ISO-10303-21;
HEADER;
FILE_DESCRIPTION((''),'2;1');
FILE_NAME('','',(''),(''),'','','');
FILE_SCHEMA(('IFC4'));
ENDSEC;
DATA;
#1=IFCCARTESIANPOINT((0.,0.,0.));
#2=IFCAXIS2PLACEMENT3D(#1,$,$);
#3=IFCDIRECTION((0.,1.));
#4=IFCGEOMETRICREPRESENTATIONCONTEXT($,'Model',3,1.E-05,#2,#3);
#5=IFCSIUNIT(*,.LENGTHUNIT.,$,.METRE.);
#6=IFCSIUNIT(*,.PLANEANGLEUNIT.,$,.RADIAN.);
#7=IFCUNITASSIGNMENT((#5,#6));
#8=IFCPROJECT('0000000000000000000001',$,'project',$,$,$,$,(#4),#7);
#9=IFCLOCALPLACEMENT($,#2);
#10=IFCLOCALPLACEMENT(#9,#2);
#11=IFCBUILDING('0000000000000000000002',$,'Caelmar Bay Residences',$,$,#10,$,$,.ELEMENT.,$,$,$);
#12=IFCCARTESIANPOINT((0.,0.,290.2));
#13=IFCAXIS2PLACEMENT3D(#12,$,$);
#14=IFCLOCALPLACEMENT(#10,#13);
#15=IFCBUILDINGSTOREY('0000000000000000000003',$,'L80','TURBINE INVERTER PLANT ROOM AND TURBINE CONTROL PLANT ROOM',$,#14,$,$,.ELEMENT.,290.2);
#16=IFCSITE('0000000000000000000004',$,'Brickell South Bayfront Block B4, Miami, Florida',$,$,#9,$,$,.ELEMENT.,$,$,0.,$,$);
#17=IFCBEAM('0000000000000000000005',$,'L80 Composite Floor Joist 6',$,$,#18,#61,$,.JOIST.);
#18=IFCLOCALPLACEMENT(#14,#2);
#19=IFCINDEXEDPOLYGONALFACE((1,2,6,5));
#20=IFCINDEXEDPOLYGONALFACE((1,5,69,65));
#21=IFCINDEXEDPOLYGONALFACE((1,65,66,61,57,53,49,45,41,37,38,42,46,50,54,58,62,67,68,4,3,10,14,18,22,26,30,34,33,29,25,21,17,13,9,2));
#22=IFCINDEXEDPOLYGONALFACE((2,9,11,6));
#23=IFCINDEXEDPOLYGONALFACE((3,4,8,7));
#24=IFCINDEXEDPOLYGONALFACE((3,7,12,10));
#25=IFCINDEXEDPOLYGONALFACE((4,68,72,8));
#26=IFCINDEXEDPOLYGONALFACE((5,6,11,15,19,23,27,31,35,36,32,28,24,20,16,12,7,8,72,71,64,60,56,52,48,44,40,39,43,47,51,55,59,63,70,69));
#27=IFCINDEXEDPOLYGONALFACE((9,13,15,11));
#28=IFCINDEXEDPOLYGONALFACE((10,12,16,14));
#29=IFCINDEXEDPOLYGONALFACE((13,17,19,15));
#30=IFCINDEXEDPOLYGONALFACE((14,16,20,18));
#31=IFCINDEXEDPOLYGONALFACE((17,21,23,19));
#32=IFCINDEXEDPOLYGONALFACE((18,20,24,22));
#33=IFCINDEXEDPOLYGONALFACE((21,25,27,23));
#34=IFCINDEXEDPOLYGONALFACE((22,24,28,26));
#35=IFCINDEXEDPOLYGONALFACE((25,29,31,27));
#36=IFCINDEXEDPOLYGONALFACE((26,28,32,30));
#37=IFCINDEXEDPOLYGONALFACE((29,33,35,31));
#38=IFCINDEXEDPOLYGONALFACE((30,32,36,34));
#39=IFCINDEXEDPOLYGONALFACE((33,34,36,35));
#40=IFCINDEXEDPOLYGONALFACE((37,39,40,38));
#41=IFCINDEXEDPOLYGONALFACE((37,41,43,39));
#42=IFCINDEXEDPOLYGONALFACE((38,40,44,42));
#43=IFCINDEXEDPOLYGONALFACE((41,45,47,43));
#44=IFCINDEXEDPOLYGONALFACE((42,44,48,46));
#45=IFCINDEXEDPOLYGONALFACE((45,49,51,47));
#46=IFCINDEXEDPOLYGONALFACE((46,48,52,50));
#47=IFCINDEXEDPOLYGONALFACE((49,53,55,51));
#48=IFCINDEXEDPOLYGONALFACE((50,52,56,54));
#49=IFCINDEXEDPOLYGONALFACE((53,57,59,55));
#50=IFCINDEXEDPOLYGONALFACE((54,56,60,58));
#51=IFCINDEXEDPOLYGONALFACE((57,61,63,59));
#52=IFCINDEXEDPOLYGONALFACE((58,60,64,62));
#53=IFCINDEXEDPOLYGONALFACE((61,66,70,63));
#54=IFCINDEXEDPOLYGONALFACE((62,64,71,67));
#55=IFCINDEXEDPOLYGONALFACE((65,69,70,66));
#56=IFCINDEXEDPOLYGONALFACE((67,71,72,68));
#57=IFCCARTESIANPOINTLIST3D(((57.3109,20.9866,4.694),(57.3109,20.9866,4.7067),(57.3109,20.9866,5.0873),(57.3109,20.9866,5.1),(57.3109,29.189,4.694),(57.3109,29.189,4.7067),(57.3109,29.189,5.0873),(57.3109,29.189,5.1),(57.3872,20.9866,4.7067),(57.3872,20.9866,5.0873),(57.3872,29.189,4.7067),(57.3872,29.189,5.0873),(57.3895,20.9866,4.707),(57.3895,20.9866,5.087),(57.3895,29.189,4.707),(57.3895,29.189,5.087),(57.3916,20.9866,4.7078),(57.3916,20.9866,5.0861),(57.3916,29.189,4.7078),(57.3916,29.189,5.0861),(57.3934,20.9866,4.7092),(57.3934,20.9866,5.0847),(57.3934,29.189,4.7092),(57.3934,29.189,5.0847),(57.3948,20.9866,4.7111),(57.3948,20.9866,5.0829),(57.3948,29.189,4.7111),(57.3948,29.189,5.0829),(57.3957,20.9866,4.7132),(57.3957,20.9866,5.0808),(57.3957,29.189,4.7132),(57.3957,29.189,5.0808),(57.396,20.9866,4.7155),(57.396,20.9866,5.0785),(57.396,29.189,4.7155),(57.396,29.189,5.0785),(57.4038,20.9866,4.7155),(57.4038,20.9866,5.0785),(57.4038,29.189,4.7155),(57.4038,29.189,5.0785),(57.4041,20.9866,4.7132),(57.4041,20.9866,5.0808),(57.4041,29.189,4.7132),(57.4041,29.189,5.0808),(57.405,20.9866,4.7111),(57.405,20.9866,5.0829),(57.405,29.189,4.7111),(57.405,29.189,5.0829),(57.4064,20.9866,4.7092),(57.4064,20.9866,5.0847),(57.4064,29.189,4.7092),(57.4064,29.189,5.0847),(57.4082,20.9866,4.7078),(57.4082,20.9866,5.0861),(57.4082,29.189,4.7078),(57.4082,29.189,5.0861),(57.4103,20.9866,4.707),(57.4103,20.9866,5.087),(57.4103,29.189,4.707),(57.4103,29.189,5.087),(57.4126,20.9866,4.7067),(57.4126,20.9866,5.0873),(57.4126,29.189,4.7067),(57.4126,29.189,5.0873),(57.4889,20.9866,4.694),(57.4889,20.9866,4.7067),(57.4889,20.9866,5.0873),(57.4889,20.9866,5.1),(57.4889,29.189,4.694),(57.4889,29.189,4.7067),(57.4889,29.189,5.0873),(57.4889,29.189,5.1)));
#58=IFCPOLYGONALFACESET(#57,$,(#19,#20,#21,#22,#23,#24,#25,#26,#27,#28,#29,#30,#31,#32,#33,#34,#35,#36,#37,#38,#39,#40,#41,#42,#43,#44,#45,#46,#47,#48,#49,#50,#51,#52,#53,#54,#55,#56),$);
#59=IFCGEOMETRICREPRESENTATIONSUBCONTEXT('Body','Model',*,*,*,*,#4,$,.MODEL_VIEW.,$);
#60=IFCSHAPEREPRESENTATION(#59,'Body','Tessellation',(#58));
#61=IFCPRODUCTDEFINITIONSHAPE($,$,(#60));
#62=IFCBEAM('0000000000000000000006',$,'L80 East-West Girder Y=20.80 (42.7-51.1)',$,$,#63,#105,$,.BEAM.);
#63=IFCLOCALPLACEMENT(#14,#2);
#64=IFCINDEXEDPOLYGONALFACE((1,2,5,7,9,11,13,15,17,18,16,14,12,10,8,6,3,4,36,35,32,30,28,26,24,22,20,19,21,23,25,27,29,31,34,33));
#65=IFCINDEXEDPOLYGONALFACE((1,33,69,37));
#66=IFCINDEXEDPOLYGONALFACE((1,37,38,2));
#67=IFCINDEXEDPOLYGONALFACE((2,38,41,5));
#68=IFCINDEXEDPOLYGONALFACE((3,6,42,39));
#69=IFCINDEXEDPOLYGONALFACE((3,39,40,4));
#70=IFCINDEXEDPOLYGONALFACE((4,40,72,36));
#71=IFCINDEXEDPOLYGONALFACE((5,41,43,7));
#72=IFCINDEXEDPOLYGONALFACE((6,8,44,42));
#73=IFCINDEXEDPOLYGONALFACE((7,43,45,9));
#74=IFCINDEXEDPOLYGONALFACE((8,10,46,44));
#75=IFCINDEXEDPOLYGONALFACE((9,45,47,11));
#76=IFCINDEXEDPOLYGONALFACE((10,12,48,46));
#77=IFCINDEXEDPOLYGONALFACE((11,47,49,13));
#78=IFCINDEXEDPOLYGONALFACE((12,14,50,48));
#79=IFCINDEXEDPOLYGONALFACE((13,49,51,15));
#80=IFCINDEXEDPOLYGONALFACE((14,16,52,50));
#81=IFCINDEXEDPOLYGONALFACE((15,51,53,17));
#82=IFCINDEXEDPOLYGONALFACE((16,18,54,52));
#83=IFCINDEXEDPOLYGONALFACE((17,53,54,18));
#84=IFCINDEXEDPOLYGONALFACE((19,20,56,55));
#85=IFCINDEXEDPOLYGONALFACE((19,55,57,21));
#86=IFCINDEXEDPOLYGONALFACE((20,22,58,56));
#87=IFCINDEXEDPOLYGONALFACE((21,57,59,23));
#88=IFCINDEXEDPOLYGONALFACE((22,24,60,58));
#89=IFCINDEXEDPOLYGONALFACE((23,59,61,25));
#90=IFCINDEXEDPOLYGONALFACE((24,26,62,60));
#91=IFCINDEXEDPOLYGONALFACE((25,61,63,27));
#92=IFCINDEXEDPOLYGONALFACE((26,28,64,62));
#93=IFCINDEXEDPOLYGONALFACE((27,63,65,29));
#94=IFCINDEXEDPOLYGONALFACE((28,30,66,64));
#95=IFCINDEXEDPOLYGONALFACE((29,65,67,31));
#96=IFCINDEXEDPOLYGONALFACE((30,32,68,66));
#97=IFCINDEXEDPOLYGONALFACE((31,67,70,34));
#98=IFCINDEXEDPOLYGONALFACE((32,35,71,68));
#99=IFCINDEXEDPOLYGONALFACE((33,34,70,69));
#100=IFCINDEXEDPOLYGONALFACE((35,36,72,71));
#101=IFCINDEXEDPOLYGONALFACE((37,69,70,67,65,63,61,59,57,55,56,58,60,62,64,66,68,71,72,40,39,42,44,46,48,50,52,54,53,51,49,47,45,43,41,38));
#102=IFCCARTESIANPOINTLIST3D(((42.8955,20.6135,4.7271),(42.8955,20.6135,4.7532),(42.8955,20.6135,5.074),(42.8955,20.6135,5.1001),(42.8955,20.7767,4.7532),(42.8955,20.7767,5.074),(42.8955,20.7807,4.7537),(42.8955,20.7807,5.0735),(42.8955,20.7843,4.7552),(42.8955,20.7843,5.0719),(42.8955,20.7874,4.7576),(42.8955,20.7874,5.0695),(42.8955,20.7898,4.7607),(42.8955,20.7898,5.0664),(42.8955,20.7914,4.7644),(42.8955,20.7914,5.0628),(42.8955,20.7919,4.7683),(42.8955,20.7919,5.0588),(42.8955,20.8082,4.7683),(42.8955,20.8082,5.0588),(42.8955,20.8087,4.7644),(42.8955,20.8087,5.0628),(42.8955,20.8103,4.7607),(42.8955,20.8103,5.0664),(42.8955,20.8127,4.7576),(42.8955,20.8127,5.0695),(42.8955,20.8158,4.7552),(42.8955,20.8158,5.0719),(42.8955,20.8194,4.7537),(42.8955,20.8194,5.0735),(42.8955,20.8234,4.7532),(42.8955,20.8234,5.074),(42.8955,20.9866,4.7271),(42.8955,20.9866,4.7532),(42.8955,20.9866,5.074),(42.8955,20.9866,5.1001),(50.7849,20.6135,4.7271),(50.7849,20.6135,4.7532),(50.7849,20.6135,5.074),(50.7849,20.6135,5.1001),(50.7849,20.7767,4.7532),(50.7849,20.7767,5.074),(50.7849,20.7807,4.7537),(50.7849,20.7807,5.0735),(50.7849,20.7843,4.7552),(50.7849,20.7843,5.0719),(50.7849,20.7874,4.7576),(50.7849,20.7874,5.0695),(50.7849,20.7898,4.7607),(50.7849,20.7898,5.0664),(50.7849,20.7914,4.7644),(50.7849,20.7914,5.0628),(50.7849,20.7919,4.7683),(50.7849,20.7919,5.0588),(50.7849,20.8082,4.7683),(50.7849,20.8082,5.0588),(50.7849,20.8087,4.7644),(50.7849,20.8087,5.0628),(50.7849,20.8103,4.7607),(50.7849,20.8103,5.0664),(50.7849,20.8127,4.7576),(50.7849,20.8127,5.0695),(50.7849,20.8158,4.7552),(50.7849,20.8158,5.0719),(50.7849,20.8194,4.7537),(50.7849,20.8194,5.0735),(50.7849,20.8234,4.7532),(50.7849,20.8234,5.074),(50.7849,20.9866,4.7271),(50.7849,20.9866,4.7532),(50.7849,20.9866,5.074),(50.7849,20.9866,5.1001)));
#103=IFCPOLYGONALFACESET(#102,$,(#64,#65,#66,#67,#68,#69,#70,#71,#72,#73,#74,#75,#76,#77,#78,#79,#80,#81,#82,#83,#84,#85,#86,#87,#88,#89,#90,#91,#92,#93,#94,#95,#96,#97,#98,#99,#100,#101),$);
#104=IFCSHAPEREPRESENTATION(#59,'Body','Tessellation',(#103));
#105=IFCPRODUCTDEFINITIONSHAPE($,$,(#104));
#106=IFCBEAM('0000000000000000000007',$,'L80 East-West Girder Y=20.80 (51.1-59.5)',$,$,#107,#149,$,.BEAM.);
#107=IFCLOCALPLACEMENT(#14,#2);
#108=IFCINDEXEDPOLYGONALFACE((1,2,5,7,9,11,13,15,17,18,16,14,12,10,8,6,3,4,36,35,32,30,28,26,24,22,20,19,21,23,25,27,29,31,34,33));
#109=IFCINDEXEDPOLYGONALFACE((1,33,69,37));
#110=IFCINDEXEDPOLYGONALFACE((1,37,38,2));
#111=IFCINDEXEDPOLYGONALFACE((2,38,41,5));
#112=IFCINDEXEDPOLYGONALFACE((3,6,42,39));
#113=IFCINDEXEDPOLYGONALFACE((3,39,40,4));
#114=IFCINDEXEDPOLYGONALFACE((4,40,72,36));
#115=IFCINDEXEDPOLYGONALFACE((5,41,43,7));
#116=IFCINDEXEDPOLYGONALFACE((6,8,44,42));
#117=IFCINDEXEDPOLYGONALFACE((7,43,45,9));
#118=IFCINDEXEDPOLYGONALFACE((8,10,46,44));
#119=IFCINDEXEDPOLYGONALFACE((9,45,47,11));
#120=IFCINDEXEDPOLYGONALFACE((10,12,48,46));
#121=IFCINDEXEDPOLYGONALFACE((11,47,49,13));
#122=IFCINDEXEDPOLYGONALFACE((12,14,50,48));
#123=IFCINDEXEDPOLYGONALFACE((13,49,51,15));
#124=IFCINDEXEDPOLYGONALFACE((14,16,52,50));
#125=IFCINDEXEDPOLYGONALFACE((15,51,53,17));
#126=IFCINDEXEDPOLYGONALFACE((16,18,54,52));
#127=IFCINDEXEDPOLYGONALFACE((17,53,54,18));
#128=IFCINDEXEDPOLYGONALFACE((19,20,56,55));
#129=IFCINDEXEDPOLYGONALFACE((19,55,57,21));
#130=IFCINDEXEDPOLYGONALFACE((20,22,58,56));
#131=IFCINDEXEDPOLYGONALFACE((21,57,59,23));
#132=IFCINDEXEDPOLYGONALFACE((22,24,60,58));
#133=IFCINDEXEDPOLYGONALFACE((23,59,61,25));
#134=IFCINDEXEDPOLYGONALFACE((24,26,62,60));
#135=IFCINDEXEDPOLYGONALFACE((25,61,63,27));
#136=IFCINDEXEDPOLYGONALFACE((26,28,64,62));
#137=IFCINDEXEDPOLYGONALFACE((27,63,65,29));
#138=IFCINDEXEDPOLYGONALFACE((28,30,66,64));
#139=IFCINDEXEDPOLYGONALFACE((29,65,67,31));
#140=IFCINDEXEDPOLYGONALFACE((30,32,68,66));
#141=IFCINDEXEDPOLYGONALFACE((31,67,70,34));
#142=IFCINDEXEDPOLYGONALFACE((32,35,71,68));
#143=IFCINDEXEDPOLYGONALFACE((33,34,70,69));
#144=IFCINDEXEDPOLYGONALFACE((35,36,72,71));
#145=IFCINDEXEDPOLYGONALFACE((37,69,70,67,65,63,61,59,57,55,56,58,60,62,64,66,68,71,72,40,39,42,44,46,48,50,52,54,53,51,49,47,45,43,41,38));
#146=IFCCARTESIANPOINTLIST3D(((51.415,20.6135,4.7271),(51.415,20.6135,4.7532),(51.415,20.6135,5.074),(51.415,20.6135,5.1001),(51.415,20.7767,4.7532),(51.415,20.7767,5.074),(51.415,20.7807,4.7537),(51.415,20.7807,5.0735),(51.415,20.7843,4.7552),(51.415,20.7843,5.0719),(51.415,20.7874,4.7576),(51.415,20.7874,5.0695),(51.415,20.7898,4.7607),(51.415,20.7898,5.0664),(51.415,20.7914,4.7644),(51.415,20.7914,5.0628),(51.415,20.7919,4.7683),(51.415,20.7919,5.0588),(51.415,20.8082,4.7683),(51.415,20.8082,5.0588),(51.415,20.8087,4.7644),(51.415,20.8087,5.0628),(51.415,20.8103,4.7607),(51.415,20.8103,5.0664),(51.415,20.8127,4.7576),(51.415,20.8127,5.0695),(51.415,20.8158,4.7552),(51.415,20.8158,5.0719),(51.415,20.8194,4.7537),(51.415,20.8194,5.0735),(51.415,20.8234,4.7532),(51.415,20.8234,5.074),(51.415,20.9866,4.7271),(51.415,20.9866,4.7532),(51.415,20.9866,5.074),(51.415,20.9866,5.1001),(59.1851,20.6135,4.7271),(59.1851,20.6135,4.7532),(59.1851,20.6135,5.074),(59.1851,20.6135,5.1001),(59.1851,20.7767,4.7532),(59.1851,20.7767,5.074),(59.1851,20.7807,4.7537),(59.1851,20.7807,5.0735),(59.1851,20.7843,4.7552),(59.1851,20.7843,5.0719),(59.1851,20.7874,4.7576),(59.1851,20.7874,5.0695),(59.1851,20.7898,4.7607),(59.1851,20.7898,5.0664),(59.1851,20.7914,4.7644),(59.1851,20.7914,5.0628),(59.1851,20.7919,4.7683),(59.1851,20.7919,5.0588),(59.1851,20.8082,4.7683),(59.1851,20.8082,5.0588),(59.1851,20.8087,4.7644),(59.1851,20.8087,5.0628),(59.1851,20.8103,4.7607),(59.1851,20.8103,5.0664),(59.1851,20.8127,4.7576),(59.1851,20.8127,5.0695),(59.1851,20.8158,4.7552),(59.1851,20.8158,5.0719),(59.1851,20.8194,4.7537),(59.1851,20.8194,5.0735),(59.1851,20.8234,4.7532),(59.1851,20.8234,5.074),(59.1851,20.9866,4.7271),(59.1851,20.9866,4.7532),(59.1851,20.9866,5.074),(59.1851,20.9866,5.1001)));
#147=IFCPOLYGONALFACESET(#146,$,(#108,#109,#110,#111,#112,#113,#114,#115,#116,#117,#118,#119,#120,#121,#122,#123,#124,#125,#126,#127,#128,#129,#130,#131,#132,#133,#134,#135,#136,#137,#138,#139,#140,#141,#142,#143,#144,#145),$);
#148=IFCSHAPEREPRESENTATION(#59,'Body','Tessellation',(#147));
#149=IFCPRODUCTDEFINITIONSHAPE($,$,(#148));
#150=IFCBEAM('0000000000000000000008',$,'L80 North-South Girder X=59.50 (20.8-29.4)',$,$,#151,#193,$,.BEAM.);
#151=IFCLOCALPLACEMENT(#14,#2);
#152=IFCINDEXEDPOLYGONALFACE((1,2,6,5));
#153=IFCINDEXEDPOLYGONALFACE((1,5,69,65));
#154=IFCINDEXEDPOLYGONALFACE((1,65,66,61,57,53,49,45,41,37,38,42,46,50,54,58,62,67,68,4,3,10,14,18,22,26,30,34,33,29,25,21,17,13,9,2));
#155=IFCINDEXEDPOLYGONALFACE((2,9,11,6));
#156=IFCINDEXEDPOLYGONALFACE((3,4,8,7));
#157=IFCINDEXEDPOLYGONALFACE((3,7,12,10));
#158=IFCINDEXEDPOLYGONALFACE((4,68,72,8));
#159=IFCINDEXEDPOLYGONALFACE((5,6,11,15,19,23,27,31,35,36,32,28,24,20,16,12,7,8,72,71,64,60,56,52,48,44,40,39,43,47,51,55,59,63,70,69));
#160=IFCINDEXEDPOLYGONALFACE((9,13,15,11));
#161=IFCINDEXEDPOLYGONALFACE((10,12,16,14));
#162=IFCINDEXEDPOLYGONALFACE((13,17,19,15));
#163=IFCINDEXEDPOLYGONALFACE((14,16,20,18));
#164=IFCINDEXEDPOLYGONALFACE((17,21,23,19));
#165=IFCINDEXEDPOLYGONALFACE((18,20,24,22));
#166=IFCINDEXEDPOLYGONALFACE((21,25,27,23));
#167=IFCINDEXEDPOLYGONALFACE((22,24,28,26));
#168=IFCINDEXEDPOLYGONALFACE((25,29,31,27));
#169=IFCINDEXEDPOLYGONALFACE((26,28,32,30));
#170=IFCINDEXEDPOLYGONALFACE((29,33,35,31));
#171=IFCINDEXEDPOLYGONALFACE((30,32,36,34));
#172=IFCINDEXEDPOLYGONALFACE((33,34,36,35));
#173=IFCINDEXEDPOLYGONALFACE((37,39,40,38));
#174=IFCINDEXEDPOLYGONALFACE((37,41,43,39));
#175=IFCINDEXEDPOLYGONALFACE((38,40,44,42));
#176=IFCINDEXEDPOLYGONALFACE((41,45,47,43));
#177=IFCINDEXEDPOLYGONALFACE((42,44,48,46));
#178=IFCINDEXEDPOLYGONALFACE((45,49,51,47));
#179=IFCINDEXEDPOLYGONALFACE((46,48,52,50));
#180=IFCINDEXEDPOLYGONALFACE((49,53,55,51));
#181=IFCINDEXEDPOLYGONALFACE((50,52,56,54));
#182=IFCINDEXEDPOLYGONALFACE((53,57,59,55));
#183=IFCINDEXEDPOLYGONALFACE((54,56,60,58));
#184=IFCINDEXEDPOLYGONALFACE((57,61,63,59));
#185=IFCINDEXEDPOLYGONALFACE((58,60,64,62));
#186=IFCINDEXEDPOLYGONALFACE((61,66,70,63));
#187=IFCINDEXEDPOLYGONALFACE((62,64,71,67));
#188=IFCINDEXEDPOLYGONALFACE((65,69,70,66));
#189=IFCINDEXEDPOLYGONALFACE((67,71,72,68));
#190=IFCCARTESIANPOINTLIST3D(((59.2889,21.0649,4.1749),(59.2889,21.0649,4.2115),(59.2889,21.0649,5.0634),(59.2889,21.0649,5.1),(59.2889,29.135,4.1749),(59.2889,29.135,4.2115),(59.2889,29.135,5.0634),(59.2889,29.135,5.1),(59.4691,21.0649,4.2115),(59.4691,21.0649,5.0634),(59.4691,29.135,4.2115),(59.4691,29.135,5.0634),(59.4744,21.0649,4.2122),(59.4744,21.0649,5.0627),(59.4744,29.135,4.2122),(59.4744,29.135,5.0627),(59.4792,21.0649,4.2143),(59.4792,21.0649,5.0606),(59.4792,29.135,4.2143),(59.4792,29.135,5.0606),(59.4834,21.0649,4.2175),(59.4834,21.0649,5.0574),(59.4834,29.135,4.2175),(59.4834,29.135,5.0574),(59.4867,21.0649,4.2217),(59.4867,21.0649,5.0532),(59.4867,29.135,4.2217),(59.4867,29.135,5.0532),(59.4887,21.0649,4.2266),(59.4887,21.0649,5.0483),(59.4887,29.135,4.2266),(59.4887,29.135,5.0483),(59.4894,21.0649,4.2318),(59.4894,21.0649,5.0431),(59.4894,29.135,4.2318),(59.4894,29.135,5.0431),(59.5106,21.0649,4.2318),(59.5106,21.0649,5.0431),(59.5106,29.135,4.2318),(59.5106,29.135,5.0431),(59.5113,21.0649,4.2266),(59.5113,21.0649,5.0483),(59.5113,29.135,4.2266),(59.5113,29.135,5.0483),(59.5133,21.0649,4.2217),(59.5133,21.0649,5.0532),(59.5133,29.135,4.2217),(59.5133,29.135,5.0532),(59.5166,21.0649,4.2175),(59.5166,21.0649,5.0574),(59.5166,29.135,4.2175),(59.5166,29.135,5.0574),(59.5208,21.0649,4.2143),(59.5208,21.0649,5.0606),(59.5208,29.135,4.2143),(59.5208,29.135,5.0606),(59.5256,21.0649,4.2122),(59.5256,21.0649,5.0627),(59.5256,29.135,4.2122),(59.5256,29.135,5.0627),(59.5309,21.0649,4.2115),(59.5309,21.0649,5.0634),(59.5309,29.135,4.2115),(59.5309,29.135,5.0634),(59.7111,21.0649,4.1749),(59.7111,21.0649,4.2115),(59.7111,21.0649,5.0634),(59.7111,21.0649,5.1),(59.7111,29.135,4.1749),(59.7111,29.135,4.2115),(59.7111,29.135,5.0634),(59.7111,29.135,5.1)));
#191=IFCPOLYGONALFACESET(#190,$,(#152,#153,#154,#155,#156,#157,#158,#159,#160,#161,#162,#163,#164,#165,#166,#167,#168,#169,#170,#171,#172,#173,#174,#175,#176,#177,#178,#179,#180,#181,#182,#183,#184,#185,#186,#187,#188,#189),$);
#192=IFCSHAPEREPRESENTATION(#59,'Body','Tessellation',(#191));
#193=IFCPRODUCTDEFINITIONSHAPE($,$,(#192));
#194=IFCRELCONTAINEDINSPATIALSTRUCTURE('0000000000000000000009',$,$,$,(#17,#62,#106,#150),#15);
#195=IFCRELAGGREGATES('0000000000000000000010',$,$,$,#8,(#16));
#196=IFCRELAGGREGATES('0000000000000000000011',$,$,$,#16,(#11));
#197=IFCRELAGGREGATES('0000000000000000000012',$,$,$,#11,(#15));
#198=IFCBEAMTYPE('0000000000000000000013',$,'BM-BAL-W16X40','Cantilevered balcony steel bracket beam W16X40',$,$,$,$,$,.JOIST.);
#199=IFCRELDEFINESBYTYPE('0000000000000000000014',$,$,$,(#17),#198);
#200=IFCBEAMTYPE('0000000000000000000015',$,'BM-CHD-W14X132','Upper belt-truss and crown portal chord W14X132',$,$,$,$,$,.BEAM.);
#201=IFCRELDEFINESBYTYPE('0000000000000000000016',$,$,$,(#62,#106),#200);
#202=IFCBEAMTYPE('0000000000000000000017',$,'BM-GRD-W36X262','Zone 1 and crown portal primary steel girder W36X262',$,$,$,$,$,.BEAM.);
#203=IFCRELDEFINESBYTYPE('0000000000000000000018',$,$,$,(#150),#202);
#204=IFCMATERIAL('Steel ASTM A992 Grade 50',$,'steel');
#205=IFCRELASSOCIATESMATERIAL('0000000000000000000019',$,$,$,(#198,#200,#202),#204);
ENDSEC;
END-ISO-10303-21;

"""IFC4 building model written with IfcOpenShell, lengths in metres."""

from ifc_helpers import new_model, si_unit, direction, frame, origin, origin_2d, place, context, subcontext, project, spatial, i_section, extrude, material, material_profile, profile_set, type_object, element, save


model = new_model("IFC4")

# Units and contexts
model_context = context("Model", 3, precision=1e-05, world=origin(), true_north=direction((0.0, 1.0)))
body_context = subcontext(model_context, "Body", "Model", "MODEL_VIEW")
ifc_project = project(units=[si_unit("LENGTHUNIT", "METRE"), si_unit("PLANEANGLEUNIT", "RADIAN")], contexts=[model_context])

# Site, building, storey
site_placement = place(None, origin())
site = spatial("IfcSite", under=ifc_project, at=site_placement, Name="Brickell South Bayfront Block B4, Miami, Florida", CompositionType="ELEMENT", RefElevation=0.0)
building_placement = place(site_placement, origin())
building = spatial("IfcBuilding", under=site, at=building_placement, Name="Caelmar Bay Residences", CompositionType="ELEMENT")
storey_placement = place(building_placement, frame((0.0, 0.0, 290.2)))
storey = spatial("IfcBuildingStorey", under=building, at=storey_placement, Name="L80", Description="TURBINE INVERTER PLANT ROOM AND TURBINE CONTROL PLANT ROOM", CompositionType="ELEMENT", Elevation=290.2)

# Shared definitions
ifc_material_1 = material(Name="Steel ASTM A992 Grade 50", Category="steel")

# Beams
ifc_material_profile_1 = material_profile(ifc_material_1, i_section(OverallWidth=0.178, OverallDepth=0.406, WebThickness=0.0078, FlangeThickness=0.0127, FilletRadius=0.0088, at=origin_2d()), Name="W16X40")
ifc_profile_set_1 = profile_set([ifc_material_profile_1], Name="Steel ASTM A992 Grade 50")
beam_type_1 = type_object("IfcBeamType", Name="BM-BAL-W16X40", Description="Cantilevered balcony steel bracket beam W16X40", PredefinedType="JOIST", material=ifc_profile_set_1)
for number, where, z_axis, x_axis, name in (
    (1, (57.3999, 20.9866, 4.897), (0.0, 1.0, 0.0), (-1.0, 0.0, 0.0), "L80 Composite Floor Joist 6"),
):
    element("IfcBeam", number, at=place(storey_placement, frame(where, z_axis=z_axis, x_axis=x_axis)), inside=storey, type_object=beam_type_1, Name=name, PredefinedType="JOIST", context=body_context, shape_type="SweptSolid", body=[
        extrude(i_section(OverallWidth=0.178, OverallDepth=0.406, WebThickness=0.0078, FlangeThickness=0.0127, FilletRadius=0.0088, at=origin_2d()), origin(), (0.0, 0.0, 1.0), 8.2024),
    ])
ifc_material_profile_2 = material_profile(ifc_material_1, i_section(OverallWidth=0.373, OverallDepth=0.373, WebThickness=0.0164, FlangeThickness=0.0261, FilletRadius=0.0151, at=origin_2d()), Name="W14X132")
ifc_profile_set_2 = profile_set([ifc_material_profile_2], Name="Steel ASTM A992 Grade 50")
beam_type_2 = type_object("IfcBeamType", Name="BM-CHD-W14X132", Description="Upper belt-truss and crown portal chord W14X132", PredefinedType="BEAM", material=ifc_profile_set_2)
beam_1_placement = place(storey_placement, frame((42.8955, 20.8, 4.9136), z_axis=(1.0, 0.0, 0.0), x_axis=(0.0, 1.0, 0.0)))
element("IfcBeam", 2, at=beam_1_placement, inside=storey, type_object=beam_type_2, Name="L80 East-West Girder Y=20.80 (42.7-51.1)", PredefinedType="BEAM", context=body_context, shape_type="SweptSolid", body=[
    extrude(i_section(OverallWidth=0.373, OverallDepth=0.373, WebThickness=0.0164, FlangeThickness=0.0261, FilletRadius=0.0151, at=origin_2d()), origin(), (0.0, 0.0, 1.0), 7.8894),
])
beam_2_placement = place(storey_placement, frame((51.415, 20.8, 4.9136), z_axis=(1.0, 0.0, 0.0), x_axis=(0.0, 1.0, 0.0)))
element("IfcBeam", 3, at=beam_2_placement, inside=storey, type_object=beam_type_2, Name="L80 East-West Girder Y=20.80 (51.1-59.5)", PredefinedType="BEAM", context=body_context, shape_type="SweptSolid", body=[
    extrude(i_section(OverallWidth=0.373, OverallDepth=0.373, WebThickness=0.0164, FlangeThickness=0.0261, FilletRadius=0.0151, at=origin_2d()), origin(), (0.0, 0.0, 1.0), 7.77),
])
ifc_material_profile_3 = material_profile(ifc_material_1, i_section(OverallWidth=0.4221, OverallDepth=0.925, WebThickness=0.0212, FlangeThickness=0.0366, FilletRadius=0.0203, at=origin_2d()), Name="W36X262")
ifc_profile_set_3 = profile_set([ifc_material_profile_3], Name="Steel ASTM A992 Grade 50")
beam_type_3 = type_object("IfcBeamType", Name="BM-GRD-W36X262", Description="Zone 1 and crown portal primary steel girder W36X262", PredefinedType="BEAM", material=ifc_profile_set_3)
beam_3_placement = place(storey_placement, frame((59.5, 21.0649, 4.6375), z_axis=(0.0, 1.0, 0.0), x_axis=(-1.0, 0.0, 0.0)))
element("IfcBeam", 4, at=beam_3_placement, inside=storey, type_object=beam_type_3, Name="L80 North-South Girder X=59.50 (20.8-29.4)", PredefinedType="BEAM", context=body_context, shape_type="SweptSolid", body=[
    extrude(i_section(OverallWidth=0.4221, OverallDepth=0.925, WebThickness=0.0212, FlangeThickness=0.0366, FilletRadius=0.0203, at=origin_2d()), origin(), (0.0, 0.0, 1.0), 8.0701),
])

save(model, "model.ifc")
